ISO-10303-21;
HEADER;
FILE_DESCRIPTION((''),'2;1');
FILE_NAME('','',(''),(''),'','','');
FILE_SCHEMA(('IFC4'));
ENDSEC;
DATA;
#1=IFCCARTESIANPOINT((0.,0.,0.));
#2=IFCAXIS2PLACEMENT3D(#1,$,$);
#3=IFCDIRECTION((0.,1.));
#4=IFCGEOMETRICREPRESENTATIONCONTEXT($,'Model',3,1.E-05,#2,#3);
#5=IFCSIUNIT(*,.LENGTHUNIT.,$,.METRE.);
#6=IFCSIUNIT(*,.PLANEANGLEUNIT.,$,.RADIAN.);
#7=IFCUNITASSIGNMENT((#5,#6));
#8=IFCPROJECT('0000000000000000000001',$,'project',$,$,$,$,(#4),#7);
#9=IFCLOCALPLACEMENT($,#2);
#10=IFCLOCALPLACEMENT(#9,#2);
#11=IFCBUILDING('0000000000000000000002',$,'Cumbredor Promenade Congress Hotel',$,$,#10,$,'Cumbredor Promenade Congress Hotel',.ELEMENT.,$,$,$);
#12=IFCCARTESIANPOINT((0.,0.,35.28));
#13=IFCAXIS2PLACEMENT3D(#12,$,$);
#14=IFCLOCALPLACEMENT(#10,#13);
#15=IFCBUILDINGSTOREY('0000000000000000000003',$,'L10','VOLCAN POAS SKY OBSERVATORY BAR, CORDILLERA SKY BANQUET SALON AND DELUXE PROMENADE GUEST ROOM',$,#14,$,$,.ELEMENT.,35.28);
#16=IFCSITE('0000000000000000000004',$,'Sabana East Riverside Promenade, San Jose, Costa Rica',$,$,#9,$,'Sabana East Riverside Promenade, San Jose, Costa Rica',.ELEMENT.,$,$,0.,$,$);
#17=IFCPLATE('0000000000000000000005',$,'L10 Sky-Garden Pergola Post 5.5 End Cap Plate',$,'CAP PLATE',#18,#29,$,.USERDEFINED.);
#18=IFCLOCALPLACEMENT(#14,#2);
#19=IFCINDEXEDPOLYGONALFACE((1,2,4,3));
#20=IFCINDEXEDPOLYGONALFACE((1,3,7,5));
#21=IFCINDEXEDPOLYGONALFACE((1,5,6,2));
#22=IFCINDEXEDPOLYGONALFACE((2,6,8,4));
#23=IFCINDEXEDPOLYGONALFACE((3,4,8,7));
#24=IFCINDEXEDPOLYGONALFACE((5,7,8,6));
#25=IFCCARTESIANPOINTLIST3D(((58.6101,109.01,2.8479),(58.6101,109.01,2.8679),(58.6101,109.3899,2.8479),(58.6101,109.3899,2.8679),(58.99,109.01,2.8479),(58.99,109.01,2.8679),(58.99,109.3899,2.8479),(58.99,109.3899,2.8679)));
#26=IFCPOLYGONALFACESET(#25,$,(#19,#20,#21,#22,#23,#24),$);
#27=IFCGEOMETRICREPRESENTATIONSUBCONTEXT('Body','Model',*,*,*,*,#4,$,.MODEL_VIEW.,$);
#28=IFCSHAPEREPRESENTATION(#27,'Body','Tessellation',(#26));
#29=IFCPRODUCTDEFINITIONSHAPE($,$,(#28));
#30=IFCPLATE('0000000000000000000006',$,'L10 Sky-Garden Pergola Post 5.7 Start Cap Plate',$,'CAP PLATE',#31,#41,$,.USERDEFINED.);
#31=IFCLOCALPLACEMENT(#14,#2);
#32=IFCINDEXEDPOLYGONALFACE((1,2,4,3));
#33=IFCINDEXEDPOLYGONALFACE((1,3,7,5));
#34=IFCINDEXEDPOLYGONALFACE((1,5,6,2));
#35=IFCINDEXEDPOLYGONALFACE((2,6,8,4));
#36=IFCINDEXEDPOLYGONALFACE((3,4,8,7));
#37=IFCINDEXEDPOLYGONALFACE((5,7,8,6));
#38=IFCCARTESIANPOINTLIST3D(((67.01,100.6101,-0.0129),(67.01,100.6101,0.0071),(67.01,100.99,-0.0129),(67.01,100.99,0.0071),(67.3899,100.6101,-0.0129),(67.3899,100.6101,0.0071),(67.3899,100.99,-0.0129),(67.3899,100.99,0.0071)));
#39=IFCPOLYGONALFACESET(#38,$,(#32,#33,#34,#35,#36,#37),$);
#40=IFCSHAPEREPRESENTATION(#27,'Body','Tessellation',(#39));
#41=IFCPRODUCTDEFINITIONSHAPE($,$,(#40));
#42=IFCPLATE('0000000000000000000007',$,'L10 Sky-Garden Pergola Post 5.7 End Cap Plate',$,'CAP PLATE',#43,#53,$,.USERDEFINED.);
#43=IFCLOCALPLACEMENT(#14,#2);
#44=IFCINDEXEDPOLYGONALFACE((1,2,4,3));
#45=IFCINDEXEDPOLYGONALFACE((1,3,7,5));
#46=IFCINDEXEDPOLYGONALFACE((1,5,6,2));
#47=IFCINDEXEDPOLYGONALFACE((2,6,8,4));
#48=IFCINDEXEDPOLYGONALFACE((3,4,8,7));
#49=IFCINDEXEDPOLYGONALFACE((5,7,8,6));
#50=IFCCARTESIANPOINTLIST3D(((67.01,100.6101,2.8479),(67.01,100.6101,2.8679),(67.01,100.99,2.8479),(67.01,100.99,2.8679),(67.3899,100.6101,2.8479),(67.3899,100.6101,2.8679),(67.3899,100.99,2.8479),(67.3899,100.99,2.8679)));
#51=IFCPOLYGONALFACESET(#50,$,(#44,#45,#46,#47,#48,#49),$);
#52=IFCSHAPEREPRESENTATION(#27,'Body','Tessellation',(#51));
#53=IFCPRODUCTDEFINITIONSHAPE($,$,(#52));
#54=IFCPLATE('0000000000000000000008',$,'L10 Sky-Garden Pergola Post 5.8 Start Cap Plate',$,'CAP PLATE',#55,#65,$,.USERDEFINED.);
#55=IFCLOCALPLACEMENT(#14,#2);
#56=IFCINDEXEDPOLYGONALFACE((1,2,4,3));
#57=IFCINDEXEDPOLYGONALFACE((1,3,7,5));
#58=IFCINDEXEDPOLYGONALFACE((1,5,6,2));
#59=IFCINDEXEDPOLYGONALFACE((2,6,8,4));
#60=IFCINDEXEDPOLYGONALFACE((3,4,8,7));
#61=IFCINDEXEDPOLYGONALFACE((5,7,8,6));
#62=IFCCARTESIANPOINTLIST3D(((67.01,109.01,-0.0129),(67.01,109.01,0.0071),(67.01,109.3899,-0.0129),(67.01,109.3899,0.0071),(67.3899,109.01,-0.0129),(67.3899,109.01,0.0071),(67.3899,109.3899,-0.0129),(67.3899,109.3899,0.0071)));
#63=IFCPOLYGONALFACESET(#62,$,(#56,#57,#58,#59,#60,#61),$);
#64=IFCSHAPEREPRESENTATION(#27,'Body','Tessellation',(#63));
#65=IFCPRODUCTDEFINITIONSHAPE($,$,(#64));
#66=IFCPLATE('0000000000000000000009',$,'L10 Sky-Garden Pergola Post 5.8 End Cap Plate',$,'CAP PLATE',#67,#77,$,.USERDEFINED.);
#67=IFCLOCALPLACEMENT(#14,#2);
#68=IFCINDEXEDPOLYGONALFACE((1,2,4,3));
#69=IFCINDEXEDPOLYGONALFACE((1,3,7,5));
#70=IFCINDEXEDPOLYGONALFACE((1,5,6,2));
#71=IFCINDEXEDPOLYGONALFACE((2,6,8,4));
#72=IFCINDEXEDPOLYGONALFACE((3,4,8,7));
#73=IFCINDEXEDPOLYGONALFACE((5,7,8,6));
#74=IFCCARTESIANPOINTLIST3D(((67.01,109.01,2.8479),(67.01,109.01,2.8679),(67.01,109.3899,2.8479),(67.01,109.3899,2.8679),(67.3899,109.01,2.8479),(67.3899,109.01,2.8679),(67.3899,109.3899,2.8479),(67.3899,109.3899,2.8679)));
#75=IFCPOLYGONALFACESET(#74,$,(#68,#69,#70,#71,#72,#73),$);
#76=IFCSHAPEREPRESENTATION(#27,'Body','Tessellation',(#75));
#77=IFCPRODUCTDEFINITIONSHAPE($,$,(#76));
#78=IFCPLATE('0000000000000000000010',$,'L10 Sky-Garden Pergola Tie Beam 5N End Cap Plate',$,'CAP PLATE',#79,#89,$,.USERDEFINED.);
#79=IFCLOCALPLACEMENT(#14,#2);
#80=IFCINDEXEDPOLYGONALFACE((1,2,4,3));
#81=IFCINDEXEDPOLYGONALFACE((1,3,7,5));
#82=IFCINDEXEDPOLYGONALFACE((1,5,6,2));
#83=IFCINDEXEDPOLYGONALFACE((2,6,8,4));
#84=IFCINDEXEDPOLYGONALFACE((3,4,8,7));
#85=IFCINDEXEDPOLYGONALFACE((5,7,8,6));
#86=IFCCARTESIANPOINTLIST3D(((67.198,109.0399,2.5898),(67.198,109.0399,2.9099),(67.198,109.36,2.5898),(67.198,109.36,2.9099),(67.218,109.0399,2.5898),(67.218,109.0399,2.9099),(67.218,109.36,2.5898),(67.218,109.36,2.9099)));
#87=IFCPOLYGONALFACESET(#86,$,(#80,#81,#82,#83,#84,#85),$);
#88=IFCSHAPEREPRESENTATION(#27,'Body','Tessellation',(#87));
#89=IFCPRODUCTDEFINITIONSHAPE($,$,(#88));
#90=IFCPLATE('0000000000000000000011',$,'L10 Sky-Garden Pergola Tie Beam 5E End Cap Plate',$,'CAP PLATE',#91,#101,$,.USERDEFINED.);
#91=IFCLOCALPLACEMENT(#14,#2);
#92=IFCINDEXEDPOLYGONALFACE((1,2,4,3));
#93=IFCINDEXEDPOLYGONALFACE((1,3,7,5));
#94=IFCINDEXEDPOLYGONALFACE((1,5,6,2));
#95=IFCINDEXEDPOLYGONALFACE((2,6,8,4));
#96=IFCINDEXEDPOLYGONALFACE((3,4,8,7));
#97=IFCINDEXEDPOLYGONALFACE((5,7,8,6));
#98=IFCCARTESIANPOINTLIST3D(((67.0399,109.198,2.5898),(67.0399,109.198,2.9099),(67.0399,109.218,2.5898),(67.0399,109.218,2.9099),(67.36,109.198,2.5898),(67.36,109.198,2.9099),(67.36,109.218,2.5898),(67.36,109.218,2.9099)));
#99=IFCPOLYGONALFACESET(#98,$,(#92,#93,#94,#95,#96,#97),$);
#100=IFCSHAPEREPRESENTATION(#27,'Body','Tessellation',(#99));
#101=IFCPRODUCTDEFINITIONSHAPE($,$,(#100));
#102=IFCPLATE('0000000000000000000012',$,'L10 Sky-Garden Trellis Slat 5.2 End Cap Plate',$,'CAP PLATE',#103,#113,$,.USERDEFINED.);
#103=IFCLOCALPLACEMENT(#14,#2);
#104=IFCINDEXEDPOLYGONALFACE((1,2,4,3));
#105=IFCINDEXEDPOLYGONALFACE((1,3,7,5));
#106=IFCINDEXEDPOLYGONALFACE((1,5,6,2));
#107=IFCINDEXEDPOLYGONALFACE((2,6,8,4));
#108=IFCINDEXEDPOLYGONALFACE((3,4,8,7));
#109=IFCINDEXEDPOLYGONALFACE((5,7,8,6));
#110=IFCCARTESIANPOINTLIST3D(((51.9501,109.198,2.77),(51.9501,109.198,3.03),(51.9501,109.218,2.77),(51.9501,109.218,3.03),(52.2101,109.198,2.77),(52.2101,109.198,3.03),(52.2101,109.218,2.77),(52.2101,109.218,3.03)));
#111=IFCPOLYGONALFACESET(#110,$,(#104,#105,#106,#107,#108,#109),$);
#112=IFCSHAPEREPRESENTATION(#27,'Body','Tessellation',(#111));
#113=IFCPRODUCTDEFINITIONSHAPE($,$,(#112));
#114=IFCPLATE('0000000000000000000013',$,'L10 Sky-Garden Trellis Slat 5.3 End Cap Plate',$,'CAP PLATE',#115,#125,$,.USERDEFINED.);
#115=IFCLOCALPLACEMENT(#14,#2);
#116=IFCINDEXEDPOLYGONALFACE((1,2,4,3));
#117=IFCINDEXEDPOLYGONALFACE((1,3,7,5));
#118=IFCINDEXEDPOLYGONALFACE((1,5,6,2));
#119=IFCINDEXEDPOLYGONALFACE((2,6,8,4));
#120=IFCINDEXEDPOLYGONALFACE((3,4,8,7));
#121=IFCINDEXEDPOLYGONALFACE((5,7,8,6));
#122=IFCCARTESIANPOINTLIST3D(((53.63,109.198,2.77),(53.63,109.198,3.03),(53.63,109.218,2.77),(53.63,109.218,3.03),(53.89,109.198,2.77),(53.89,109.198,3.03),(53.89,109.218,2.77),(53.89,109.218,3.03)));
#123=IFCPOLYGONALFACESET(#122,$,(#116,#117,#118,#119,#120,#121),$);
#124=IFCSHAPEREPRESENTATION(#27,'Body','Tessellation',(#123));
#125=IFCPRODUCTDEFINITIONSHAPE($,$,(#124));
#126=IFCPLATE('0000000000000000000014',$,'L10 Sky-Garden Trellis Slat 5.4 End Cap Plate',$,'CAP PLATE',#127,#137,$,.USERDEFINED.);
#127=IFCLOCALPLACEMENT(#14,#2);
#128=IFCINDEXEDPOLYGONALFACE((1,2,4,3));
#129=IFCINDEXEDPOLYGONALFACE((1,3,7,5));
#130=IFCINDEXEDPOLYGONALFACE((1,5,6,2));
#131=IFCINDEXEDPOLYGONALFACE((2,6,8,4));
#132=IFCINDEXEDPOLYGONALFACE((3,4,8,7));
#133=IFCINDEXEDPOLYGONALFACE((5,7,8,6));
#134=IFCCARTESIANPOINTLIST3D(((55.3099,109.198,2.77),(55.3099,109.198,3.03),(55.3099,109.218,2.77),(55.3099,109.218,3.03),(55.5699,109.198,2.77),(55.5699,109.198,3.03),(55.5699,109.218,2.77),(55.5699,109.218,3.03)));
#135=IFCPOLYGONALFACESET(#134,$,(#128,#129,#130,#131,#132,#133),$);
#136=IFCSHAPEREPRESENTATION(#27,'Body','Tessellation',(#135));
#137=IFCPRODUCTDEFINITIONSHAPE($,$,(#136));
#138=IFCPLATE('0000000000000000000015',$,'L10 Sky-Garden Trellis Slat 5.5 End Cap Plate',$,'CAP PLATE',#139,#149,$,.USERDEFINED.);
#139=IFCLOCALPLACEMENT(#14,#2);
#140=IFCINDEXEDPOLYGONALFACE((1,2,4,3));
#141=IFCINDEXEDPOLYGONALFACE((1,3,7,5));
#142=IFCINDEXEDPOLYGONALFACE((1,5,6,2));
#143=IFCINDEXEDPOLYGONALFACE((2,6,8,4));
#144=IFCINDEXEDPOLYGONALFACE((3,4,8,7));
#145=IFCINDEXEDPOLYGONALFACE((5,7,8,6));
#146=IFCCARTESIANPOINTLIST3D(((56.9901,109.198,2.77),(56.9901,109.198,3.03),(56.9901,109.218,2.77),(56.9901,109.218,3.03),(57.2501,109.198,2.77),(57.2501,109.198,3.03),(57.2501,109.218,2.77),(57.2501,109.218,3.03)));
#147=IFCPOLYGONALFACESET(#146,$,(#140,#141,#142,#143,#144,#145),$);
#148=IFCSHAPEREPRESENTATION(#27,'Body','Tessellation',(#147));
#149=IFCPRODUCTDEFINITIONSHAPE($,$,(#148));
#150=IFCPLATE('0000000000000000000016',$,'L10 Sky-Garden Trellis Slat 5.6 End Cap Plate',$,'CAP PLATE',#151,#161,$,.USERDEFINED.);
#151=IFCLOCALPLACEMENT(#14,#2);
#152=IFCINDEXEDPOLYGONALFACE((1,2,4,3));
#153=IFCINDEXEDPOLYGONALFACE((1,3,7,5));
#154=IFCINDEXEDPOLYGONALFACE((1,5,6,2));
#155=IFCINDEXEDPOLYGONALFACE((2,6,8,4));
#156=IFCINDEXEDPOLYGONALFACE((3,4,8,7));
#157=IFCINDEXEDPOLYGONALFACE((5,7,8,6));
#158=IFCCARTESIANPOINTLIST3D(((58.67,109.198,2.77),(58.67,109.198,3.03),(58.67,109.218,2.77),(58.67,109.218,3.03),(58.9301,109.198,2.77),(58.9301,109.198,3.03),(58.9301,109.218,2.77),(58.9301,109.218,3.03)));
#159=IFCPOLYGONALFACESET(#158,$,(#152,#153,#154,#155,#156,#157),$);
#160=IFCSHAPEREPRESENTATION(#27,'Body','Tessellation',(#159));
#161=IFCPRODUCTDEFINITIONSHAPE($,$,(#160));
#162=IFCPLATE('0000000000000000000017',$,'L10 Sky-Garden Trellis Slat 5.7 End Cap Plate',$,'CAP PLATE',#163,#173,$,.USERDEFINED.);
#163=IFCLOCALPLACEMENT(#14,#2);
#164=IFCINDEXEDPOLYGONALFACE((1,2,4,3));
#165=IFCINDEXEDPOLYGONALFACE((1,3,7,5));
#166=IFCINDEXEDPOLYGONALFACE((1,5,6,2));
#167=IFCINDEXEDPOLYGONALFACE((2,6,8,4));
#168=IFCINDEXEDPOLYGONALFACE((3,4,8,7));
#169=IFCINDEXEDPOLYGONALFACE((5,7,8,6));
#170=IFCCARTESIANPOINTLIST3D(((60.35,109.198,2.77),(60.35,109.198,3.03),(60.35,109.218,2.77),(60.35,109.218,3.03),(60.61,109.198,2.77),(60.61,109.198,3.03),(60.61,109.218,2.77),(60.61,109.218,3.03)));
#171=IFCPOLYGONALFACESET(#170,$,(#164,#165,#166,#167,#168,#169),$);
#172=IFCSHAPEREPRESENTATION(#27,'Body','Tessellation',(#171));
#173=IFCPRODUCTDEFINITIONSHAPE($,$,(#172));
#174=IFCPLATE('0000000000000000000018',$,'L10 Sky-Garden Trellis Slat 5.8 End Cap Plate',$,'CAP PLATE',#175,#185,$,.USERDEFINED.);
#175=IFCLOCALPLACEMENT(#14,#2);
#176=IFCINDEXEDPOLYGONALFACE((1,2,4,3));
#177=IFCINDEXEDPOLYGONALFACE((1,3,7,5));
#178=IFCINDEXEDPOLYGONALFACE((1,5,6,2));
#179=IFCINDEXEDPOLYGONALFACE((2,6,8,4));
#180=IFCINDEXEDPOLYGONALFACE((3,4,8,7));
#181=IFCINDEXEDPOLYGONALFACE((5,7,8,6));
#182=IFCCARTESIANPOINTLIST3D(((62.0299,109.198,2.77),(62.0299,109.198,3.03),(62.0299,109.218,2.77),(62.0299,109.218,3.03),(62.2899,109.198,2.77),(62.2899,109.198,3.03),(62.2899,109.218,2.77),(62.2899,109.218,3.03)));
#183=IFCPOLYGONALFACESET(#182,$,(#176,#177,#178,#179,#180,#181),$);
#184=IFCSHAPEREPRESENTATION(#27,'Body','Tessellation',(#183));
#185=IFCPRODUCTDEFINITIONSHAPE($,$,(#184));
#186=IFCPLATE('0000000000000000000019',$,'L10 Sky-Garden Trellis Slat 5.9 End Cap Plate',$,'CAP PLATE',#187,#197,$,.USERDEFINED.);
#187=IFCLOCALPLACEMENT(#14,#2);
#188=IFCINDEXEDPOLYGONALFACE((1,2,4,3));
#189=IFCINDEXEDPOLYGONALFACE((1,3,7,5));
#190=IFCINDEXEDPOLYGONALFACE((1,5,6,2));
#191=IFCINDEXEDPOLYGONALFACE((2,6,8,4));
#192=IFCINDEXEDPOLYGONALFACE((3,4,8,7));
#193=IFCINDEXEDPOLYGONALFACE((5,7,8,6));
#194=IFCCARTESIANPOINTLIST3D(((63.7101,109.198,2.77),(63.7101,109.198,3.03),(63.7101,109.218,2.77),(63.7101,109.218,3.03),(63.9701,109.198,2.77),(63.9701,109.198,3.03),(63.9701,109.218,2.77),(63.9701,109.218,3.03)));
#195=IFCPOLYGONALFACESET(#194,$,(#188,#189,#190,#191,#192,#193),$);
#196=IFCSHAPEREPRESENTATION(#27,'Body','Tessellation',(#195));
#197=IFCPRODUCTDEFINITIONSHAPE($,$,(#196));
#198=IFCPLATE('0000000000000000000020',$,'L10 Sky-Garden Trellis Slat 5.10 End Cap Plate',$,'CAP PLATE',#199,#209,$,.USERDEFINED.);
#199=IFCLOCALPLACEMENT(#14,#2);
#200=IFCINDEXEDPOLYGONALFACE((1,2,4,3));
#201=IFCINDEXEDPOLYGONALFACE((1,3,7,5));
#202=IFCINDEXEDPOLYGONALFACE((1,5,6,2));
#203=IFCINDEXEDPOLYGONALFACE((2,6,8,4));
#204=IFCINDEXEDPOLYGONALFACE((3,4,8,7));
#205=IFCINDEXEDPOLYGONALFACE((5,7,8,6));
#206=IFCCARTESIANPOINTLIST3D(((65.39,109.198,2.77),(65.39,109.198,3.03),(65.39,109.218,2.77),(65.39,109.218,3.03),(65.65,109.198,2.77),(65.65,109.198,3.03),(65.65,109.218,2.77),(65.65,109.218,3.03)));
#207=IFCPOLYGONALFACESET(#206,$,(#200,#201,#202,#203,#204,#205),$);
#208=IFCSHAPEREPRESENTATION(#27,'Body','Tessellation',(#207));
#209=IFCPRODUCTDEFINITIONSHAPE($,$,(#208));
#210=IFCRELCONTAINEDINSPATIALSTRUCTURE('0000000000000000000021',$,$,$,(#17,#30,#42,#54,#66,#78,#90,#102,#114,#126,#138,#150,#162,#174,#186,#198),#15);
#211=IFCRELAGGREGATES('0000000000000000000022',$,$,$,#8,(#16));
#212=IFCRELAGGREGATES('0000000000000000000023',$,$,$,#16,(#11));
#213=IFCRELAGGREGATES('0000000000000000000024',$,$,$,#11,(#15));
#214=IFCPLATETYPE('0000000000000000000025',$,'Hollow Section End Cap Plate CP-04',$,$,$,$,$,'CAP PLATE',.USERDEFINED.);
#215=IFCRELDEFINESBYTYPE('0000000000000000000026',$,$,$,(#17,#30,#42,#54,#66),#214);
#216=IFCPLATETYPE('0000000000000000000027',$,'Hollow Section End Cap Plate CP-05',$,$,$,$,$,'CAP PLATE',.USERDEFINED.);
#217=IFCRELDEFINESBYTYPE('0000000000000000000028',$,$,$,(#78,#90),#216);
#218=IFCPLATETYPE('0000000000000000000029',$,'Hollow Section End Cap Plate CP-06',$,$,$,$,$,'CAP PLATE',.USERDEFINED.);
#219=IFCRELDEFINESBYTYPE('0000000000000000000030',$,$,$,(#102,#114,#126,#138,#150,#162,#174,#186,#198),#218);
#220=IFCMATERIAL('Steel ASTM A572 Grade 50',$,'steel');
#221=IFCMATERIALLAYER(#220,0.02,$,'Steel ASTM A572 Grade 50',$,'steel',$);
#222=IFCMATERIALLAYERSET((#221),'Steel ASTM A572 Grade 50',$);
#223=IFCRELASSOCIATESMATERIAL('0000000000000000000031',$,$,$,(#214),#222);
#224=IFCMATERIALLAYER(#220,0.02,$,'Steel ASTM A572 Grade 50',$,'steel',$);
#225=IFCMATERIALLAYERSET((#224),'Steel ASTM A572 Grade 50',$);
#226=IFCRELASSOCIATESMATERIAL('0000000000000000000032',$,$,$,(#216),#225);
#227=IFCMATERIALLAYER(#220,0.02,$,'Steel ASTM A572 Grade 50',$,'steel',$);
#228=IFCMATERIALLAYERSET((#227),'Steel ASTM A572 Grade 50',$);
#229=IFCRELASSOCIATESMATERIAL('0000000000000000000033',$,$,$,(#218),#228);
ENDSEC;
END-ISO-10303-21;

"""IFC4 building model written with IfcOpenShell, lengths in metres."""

from ifc_helpers import new_model, si_unit, direction, frame, origin, origin_2d, place, context, subcontext, project, spatial, rectangle, extrude, material, layer, layer_set, type_object, element, save


model = new_model("IFC4")

# Units and contexts
model_context = context("Model", 3, precision=1e-05, world=origin(), true_north=direction((0.0, 1.0)))
body_context = subcontext(model_context, "Body", "Model", "MODEL_VIEW")
ifc_project = project(units=[si_unit("LENGTHUNIT", "METRE"), si_unit("PLANEANGLEUNIT", "RADIAN")], contexts=[model_context])

# Site, building, storey
site_placement = place(None, origin())
site = spatial("IfcSite", under=ifc_project, at=site_placement, Name="Sabana East Riverside Promenade, San Jose, Costa Rica", LongName="Sabana East Riverside Promenade, San Jose, Costa Rica", CompositionType="ELEMENT", RefElevation=0.0)
building_placement = place(site_placement, origin())
building = spatial("IfcBuilding", under=site, at=building_placement, Name="Cumbredor Promenade Congress Hotel", LongName="Cumbredor Promenade Congress Hotel", CompositionType="ELEMENT")
storey_placement = place(building_placement, frame((0.0, 0.0, 35.28)))
storey = spatial("IfcBuildingStorey", under=building, at=storey_placement, Name="L10", Description="VOLCAN POAS SKY OBSERVATORY BAR, CORDILLERA SKY BANQUET SALON AND DELUXE PROMENADE GUEST ROOM", CompositionType="ELEMENT", Elevation=35.28)

# Plates
ifc_material_1 = material(Name="Steel ASTM A572 Grade 50", Category="steel")
ifc_layer_1 = layer(ifc_material_1, 0.02, Name="Steel ASTM A572 Grade 50", Category="steel")
ifc_layer_set_1 = layer_set([ifc_layer_1], Name="Steel ASTM A572 Grade 50")
plate_type_1 = type_object("IfcPlateType", Name="Hollow Section End Cap Plate CP-04", ElementType="CAP PLATE", PredefinedType="USERDEFINED", material=ifc_layer_set_1)
for number, where, z_axis, x_axis, name in (
    (1, (58.8, 109.2, 2.8479), (0.0, 0.0, 1.0), (1.0, 0.0, 0.0), "L10 Sky-Garden Pergola Post 5.5 End Cap Plate"),
    (2, (67.2, 100.8, -0.0129), (0.0, 0.0, 1.0), (1.0, 0.0, 0.0), "L10 Sky-Garden Pergola Post 5.7 Start Cap Plate"),
    (3, (67.2, 100.8, 2.8479), (0.0, 0.0, 1.0), (1.0, 0.0, 0.0), "L10 Sky-Garden Pergola Post 5.7 End Cap Plate"),
    (4, (67.2, 109.2, -0.0129), (0.0, 0.0, 1.0), (1.0, 0.0, 0.0), "L10 Sky-Garden Pergola Post 5.8 Start Cap Plate"),
    (5, (67.2, 109.2, 2.8479), (0.0, 0.0, 1.0), (1.0, 0.0, 0.0), "L10 Sky-Garden Pergola Post 5.8 End Cap Plate"),
):
    element("IfcPlate", number, at=place(storey_placement, frame(where, z_axis=z_axis, x_axis=x_axis)), inside=storey, type_object=plate_type_1, Name=name, ObjectType="CAP PLATE", PredefinedType="USERDEFINED", context=body_context, shape_type="SweptSolid", body=[
        extrude(rectangle(XDim=0.3799, YDim=0.3799, at=origin_2d()), origin(), (0.0, 0.0, 1.0), 0.02),
    ])
ifc_layer_2 = layer(ifc_material_1, 0.02, Name="Steel ASTM A572 Grade 50", Category="steel")
ifc_layer_set_2 = layer_set([ifc_layer_2], Name="Steel ASTM A572 Grade 50")
plate_type_2 = type_object("IfcPlateType", Name="Hollow Section End Cap Plate CP-05", ElementType="CAP PLATE", PredefinedType="USERDEFINED", material=ifc_layer_set_2)
for number, where, z_axis, x_axis, name in (
    (6, (67.208, 109.2, 2.5898), (0.0, 0.0, 1.0), (1.0, 0.0, 0.0), "L10 Sky-Garden Pergola Tie Beam 5N End Cap Plate"),
    (7, (67.2, 109.208, 2.5898), (0.0, 0.0, 1.0), (0.0, 1.0, 0.0), "L10 Sky-Garden Pergola Tie Beam 5E End Cap Plate"),
):
    element("IfcPlate", number, at=place(storey_placement, frame(where, z_axis=z_axis, x_axis=x_axis)), inside=storey, type_object=plate_type_2, Name=name, ObjectType="CAP PLATE", PredefinedType="USERDEFINED", context=body_context, shape_type="SweptSolid", body=[
        extrude(rectangle(XDim=0.02, YDim=0.3201, at=origin_2d()), origin(), (0.0, 0.0, 1.0), 0.3201),
    ])
ifc_layer_3 = layer(ifc_material_1, 0.02, Name="Steel ASTM A572 Grade 50", Category="steel")
ifc_layer_set_3 = layer_set([ifc_layer_3], Name="Steel ASTM A572 Grade 50")
plate_type_3 = type_object("IfcPlateType", Name="Hollow Section End Cap Plate CP-06", ElementType="CAP PLATE", PredefinedType="USERDEFINED", material=ifc_layer_set_3)
for number, where, z_axis, x_axis, name in (
    (8, (52.0801, 109.208, 2.77), (0.0, 0.0, 1.0), (0.0, 1.0, 0.0), "L10 Sky-Garden Trellis Slat 5.2 End Cap Plate"),
    (9, (53.76, 109.208, 2.77), (0.0, 0.0, 1.0), (0.0, 1.0, 0.0), "L10 Sky-Garden Trellis Slat 5.3 End Cap Plate"),
    (10, (55.4399, 109.208, 2.77), (0.0, 0.0, 1.0), (0.0, 1.0, 0.0), "L10 Sky-Garden Trellis Slat 5.4 End Cap Plate"),
    (11, (57.1201, 109.208, 2.77), (0.0, 0.0, 1.0), (0.0, 1.0, 0.0), "L10 Sky-Garden Trellis Slat 5.5 End Cap Plate"),
    (12, (58.8, 109.208, 2.77), (0.0, 0.0, 1.0), (0.0, 1.0, 0.0), "L10 Sky-Garden Trellis Slat 5.6 End Cap Plate"),
    (13, (60.48, 109.208, 2.77), (0.0, 0.0, 1.0), (0.0, 1.0, 0.0), "L10 Sky-Garden Trellis Slat 5.7 End Cap Plate"),
    (14, (62.1599, 109.208, 2.77), (0.0, 0.0, 1.0), (0.0, 1.0, 0.0), "L10 Sky-Garden Trellis Slat 5.8 End Cap Plate"),
    (15, (63.8401, 109.208, 2.77), (0.0, 0.0, 1.0), (0.0, 1.0, 0.0), "L10 Sky-Garden Trellis Slat 5.9 End Cap Plate"),
    (16, (65.52, 109.208, 2.77), (0.0, 0.0, 1.0), (0.0, 1.0, 0.0), "L10 Sky-Garden Trellis Slat 5.10 End Cap Plate"),
):
    element("IfcPlate", number, at=place(storey_placement, frame(where, z_axis=z_axis, x_axis=x_axis)), inside=storey, type_object=plate_type_3, Name=name, ObjectType="CAP PLATE", PredefinedType="USERDEFINED", context=body_context, shape_type="SweptSolid", body=[
        extrude(rectangle(XDim=0.02, YDim=0.26, at=origin_2d()), origin(), (0.0, 0.0, 1.0), 0.26),
    ])

save(model, "model.ifc")
